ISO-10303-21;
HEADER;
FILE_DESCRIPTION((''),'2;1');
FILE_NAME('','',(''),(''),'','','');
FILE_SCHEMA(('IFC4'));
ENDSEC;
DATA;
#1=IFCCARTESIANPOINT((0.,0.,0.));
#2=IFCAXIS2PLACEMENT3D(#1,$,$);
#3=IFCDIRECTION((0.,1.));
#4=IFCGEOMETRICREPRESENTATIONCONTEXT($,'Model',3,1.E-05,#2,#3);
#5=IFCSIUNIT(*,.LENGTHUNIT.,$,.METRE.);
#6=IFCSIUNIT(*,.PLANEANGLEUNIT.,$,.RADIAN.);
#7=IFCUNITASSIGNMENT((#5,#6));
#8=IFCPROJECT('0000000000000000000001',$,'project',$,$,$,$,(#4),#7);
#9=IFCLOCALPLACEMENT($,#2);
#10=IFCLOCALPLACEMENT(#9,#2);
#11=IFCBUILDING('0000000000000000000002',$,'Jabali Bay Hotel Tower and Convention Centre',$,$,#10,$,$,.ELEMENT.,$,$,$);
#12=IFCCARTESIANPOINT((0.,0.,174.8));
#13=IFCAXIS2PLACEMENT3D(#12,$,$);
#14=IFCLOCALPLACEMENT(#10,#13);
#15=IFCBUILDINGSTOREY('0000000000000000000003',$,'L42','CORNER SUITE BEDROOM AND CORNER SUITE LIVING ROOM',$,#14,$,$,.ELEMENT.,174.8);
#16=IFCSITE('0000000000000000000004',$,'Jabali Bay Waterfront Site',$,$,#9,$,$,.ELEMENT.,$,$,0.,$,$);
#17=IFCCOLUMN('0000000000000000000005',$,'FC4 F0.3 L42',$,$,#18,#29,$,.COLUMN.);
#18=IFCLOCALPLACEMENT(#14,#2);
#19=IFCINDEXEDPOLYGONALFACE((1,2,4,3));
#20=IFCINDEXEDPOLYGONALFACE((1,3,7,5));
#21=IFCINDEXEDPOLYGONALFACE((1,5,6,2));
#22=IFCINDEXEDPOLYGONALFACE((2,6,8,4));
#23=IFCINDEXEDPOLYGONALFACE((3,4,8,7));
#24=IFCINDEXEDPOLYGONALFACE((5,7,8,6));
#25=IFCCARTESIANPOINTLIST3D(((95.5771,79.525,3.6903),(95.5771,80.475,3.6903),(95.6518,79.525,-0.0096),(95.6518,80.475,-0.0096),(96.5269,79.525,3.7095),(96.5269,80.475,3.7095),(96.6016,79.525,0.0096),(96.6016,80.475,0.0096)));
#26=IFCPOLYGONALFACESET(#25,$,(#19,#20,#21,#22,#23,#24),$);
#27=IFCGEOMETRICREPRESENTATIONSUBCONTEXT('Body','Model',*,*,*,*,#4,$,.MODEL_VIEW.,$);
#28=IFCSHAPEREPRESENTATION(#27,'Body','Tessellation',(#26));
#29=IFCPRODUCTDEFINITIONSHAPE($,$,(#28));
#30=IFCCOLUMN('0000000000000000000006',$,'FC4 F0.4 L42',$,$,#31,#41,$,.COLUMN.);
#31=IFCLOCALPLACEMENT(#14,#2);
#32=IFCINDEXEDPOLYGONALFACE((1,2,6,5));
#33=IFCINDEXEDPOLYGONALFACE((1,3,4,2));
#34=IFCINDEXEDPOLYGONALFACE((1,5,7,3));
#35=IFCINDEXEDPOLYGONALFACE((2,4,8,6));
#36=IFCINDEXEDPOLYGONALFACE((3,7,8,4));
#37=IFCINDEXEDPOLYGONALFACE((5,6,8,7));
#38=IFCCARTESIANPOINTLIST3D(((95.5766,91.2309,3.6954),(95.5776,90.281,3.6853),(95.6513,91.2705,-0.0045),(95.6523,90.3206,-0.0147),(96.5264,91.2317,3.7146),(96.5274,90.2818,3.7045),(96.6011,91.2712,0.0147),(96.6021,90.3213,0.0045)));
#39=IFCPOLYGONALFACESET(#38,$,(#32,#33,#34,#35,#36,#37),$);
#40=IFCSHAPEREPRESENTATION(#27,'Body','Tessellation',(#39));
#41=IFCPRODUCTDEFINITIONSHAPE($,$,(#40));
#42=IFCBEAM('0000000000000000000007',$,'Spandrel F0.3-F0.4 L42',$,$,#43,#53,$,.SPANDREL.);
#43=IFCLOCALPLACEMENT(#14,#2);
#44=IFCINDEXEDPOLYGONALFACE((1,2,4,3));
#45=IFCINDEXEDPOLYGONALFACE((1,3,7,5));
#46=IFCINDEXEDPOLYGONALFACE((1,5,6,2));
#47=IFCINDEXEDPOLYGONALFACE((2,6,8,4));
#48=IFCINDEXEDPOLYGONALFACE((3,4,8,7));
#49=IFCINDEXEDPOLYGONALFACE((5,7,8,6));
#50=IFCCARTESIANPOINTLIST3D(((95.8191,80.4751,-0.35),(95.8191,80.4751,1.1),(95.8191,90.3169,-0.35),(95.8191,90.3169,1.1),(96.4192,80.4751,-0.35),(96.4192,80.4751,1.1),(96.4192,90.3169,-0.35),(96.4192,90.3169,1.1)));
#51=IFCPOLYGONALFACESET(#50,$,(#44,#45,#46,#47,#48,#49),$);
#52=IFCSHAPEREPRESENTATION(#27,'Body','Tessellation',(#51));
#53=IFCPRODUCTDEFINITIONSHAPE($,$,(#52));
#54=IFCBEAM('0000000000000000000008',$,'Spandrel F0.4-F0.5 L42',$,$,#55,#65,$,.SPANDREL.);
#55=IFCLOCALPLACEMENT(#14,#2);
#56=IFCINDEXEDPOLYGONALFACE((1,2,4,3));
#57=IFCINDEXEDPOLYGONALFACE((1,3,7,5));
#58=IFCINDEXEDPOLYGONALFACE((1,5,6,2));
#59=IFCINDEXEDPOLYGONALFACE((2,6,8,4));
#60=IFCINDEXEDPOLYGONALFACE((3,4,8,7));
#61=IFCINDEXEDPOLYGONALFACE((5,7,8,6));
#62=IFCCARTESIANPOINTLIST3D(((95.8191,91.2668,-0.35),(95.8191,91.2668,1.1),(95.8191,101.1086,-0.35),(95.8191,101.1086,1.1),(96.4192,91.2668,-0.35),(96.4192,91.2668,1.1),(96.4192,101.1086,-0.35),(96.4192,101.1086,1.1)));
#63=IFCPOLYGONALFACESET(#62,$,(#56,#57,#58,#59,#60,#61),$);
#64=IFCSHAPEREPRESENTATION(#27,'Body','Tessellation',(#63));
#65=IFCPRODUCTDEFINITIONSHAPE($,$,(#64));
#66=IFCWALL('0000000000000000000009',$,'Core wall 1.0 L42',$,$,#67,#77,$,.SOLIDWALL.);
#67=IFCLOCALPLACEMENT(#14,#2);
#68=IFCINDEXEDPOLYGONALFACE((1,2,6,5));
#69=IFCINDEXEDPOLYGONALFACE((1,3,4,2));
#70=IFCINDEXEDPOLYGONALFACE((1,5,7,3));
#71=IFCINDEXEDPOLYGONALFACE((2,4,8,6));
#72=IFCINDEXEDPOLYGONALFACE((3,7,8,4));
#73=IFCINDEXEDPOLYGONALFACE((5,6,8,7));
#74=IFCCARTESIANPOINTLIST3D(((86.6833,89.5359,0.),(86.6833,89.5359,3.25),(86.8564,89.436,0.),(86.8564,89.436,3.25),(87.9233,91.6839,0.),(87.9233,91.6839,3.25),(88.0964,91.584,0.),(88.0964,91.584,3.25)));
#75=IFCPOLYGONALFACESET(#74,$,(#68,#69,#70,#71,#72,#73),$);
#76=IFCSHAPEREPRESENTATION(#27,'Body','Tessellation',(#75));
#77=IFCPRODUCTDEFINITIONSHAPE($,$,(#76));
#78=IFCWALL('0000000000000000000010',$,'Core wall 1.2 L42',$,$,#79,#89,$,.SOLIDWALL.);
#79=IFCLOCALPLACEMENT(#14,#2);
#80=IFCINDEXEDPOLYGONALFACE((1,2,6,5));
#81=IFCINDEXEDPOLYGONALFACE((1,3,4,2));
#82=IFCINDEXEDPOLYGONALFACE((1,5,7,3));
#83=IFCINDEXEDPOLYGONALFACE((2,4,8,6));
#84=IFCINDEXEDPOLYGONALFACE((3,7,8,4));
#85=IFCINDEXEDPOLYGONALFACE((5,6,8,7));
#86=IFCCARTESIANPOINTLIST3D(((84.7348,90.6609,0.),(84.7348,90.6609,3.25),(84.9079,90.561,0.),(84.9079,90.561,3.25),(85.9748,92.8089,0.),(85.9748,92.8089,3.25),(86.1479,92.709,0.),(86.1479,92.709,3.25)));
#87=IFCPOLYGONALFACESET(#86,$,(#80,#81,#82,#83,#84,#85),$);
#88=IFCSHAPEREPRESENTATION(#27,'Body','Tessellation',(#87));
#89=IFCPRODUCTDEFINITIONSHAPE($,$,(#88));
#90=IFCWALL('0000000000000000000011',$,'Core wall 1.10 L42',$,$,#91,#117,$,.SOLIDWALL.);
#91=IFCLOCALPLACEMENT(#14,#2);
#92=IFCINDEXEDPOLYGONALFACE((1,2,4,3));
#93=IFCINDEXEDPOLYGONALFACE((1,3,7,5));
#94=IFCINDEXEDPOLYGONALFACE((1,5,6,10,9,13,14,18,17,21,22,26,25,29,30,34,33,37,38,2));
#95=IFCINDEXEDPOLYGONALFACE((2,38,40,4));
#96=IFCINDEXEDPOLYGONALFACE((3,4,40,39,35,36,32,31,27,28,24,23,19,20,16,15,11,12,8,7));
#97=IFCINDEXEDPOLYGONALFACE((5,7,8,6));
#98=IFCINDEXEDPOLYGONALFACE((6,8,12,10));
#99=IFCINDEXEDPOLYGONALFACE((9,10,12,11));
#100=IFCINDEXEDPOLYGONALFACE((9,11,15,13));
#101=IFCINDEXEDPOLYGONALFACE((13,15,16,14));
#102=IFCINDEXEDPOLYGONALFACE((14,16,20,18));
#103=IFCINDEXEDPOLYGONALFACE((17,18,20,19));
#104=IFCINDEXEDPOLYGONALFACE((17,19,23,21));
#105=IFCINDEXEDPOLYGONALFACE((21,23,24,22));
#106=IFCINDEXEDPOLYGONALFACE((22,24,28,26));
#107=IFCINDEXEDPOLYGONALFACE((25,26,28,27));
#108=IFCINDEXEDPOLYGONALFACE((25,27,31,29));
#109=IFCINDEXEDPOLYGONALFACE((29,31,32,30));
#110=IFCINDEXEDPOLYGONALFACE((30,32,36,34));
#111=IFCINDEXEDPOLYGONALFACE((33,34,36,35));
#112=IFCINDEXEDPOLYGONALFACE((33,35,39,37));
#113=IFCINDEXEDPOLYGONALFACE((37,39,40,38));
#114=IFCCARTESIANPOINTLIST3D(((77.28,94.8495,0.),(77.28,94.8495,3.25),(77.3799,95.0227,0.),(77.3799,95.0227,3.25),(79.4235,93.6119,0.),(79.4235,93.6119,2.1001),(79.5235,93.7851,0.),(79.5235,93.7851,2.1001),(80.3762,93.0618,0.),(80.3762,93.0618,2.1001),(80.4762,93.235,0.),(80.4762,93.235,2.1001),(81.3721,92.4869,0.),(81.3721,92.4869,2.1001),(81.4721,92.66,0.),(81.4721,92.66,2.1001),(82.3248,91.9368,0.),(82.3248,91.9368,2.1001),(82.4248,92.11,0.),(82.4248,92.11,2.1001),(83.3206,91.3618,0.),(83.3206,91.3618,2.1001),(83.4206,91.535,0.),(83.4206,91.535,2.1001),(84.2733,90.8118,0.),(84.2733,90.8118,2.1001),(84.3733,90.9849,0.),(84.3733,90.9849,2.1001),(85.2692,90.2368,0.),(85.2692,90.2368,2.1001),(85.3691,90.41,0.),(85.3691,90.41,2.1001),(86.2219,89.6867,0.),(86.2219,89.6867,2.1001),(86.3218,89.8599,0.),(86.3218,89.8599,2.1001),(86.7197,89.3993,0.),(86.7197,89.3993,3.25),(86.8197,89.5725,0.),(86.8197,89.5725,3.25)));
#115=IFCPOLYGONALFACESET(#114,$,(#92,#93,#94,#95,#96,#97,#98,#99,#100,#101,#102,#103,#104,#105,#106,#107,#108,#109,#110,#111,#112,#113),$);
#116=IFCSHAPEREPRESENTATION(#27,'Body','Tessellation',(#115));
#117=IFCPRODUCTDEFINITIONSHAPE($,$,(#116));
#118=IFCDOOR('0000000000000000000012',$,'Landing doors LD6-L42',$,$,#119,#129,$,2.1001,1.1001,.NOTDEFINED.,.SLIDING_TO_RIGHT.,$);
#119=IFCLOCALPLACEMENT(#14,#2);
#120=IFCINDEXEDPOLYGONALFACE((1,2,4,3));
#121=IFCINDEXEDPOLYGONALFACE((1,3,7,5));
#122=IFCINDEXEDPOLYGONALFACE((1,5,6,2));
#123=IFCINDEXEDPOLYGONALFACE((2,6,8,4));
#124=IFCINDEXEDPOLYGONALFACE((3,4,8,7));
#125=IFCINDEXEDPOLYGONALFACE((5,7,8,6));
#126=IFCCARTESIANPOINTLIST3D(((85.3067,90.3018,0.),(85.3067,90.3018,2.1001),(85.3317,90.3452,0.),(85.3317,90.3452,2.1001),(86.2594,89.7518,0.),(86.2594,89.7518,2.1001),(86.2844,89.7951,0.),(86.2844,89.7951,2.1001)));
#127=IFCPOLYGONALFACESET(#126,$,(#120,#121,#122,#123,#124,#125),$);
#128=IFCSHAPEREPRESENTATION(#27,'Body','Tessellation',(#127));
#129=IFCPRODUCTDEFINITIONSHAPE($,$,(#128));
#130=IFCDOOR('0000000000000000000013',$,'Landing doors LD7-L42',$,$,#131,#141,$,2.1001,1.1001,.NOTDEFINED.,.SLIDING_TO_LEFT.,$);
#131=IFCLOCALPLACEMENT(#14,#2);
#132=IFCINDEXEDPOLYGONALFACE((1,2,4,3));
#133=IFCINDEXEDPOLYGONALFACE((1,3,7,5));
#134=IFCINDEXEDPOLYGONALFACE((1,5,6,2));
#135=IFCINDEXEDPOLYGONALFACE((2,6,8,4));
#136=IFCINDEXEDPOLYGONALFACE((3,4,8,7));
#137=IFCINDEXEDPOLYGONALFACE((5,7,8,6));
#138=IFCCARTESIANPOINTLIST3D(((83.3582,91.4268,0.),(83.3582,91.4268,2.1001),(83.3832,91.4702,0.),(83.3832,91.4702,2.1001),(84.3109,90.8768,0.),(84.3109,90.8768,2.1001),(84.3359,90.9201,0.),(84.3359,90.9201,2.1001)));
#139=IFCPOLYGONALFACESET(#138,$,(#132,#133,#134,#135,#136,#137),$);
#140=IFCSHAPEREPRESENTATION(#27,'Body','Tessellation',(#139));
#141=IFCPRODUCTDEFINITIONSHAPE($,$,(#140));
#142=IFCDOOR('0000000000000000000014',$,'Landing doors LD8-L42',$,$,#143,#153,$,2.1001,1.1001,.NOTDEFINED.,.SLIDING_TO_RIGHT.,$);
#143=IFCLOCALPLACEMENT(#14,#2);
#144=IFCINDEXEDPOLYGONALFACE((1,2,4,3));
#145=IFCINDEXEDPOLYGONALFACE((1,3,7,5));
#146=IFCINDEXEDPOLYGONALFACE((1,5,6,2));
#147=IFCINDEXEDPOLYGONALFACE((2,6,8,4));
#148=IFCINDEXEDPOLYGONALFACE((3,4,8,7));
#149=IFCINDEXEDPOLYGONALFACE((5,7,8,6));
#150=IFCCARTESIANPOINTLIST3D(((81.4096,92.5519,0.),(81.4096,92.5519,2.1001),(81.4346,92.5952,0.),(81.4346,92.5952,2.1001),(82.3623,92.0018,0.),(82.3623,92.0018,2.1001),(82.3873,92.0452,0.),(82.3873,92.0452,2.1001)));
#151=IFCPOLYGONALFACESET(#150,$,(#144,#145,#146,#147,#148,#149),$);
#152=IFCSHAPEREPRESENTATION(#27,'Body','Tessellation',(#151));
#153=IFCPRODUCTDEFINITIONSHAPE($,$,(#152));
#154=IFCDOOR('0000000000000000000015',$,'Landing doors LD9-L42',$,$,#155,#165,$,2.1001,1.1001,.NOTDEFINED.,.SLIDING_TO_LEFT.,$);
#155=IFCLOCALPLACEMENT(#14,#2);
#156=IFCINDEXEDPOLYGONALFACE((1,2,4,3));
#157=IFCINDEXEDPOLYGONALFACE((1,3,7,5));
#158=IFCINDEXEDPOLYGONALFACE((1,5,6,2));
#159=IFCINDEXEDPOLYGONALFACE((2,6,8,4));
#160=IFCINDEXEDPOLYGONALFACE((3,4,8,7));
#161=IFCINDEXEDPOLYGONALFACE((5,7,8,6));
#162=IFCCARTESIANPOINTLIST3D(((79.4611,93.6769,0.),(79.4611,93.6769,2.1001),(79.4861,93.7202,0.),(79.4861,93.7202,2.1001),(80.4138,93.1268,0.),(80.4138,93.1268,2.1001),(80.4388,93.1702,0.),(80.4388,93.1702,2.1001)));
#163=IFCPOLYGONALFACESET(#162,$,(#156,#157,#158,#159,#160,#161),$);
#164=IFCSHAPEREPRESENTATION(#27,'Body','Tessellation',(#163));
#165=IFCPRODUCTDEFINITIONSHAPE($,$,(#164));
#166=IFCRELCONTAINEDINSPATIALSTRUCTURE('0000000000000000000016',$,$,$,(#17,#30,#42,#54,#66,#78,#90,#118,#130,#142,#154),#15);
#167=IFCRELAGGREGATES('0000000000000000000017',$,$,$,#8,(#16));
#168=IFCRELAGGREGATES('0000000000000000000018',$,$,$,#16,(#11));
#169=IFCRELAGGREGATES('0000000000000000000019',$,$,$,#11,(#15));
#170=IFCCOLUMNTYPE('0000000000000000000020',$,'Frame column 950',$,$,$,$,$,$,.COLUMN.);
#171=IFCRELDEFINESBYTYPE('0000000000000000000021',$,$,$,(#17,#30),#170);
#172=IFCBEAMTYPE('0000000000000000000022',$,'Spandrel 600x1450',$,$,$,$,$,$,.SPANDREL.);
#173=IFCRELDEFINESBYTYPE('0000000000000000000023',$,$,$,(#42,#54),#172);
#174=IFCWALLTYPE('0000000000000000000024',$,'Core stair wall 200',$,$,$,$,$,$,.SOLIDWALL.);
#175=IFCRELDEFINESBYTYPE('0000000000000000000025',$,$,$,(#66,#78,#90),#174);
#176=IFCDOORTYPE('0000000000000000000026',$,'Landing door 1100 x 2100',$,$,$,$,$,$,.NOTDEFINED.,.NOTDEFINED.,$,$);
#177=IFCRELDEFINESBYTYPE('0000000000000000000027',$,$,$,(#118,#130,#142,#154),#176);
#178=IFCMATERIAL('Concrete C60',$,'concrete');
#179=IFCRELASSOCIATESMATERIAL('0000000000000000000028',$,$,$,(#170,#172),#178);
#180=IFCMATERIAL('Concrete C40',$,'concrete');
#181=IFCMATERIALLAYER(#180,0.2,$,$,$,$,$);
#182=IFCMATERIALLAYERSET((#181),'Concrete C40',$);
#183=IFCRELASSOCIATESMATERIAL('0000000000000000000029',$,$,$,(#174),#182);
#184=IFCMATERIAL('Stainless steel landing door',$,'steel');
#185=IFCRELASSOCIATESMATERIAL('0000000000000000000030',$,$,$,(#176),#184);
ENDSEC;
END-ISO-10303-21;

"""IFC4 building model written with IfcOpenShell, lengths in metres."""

from ifc_helpers import new_model, si_unit, direction, frame, frame_2d, origin, origin_2d, place, context, subcontext, project, spatial, rectangle, extrude, material, layer, layer_set, material_profile, profile_set, type_object, element, fill, save


model = new_model("IFC4")

# Units and contexts
model_context = context("Model", 3, precision=1e-05, world=origin(), true_north=direction((0.0, 1.0)))
body_context = subcontext(model_context, "Body", "Model", "MODEL_VIEW")
ifc_project = project(units=[si_unit("LENGTHUNIT", "METRE"), si_unit("PLANEANGLEUNIT", "RADIAN")], contexts=[model_context])

# Site, building, storey
site_placement = place(None, origin())
site = spatial("IfcSite", under=ifc_project, at=site_placement, Name="Jabali Bay Waterfront Site", CompositionType="ELEMENT", RefElevation=0.0)
building_placement = place(site_placement, origin())
building = spatial("IfcBuilding", under=site, at=building_placement, Name="Jabali Bay Hotel Tower and Convention Centre", CompositionType="ELEMENT")
storey_placement = place(building_placement, frame((0.0, 0.0, 174.8)))
storey = spatial("IfcBuildingStorey", under=building, at=storey_placement, Name="L42", Description="CORNER SUITE BEDROOM AND CORNER SUITE LIVING ROOM", CompositionType="ELEMENT", Elevation=174.8)

# Columns
ifc_material_1 = material(Name="Concrete C60", Category="concrete")
ifc_material_profile_1 = material_profile(ifc_material_1, rectangle(XDim=0.95, YDim=0.95, at=origin_2d()), Name="Frame column 950")
ifc_profile_set_1 = profile_set([ifc_material_profile_1], Name="Concrete C60")
column_type = type_object("IfcColumnType", Name="Frame column 950", PredefinedType="COLUMN", material=ifc_profile_set_1)
column_1_placement = place(storey_placement, frame((96.1267, 80.0, 0.0), z_axis=(-0.020187, 0.0, 0.999796), x_axis=(0.0, -1.0, 0.0)))
element("IfcColumn", 1, at=column_1_placement, inside=storey, type_object=column_type, Name="FC4 F0.3 L42", PredefinedType="COLUMN", context=body_context, shape_type="SweptSolid", body=[
    extrude(rectangle(XDim=0.95, YDim=0.95, at=origin_2d()), origin(), (0.0, 0.0, 1.0), 3.7007),
])
column_2_placement = place(storey_placement, frame((96.1267, 90.7959, 0.0), z_axis=(-0.020186, -0.010687, 0.999739), x_axis=(0.999796, 0.000797, 0.020196)))
element("IfcColumn", 2, at=column_2_placement, inside=storey, type_object=column_type, Name="FC4 F0.4 L42", PredefinedType="COLUMN", context=body_context, shape_type="SweptSolid", body=[
    extrude(rectangle(XDim=0.95, YDim=0.95, at=origin_2d()), origin(), (0.0, 0.0, 1.0), 3.7009),
])

# Beams
ifc_material_profile_2 = material_profile(ifc_material_1, rectangle(XDim=0.6001, YDim=1.45, at=origin_2d()), Name="Spandrel 600x1450")
ifc_profile_set_2 = profile_set([ifc_material_profile_2], Name="Concrete C60")
beam_type = type_object("IfcBeamType", Name="Spandrel 600x1450", PredefinedType="SPANDREL", material=ifc_profile_set_2)
for number, where, z_axis, x_axis, name in (
    (3, (96.1191, 80.4751, 0.375), (0.0, 1.0, 0.0), (-1.0, 0.0, 0.0), "Spandrel F0.3-F0.4 L42"),
    (4, (96.1191, 91.2668, 0.375), (0.0, 1.0, 0.0), (-1.0, 0.0, 0.0), "Spandrel F0.4-F0.5 L42"),
):
    element("IfcBeam", number, at=place(storey_placement, frame(where, z_axis=z_axis, x_axis=x_axis)), inside=storey, type_object=beam_type, Name=name, PredefinedType="SPANDREL", context=body_context, shape_type="SweptSolid", body=[
        extrude(rectangle(XDim=0.6001, YDim=1.45, at=origin_2d()), origin(), (0.0, 0.0, 1.0), 9.8418),
    ])

# Walls
ifc_material_2 = material(Name="Concrete C40", Category="concrete")
ifc_layer_1 = layer(ifc_material_2, 0.2)
ifc_layer_set_1 = layer_set([ifc_layer_1], Name="Concrete C40")
wall_type_1 = type_object("IfcWallType", Name="Core stair wall 200", PredefinedType="SOLIDWALL", material=ifc_layer_set_1)
for number, where, z_axis, x_axis, name in (
    (5, (86.7698, 89.4858, 0.0), (0.0, 0.0, 1.0), (0.499961, 0.866048, 0.0), "Core wall 1.0 L42"),
    (6, (84.8213, 90.6108, 0.0), (0.0, 0.0, 1.0), (0.499961, 0.866048, 0.0), "Core wall 1.2 L42"),
):
    element("IfcWall", number, at=place(storey_placement, frame(where, z_axis=z_axis, x_axis=x_axis)), inside=storey, type_object=wall_type_1, Name=name, PredefinedType="SOLIDWALL", context=body_context, shape_type="SweptSolid", body=[
        extrude(rectangle(XDim=2.4802, YDim=0.2, at=frame_2d((1.2402, 0.0))), origin(), (0.0, 0.0, 1.0), 3.25),
    ])

# Wall, openings, doors
wall_1_placement = place(storey_placement, frame((86.7698, 89.4858, 0.0), z_axis=(0.0, 0.0, 1.0), x_axis=(-0.866018, 0.500013, 0.0)))
wall_1 = element("IfcWall", 7, at=wall_1_placement, inside=storey, type_object=wall_type_1, Name="Core wall 1.10 L42", PredefinedType="SOLIDWALL", context=body_context, shape_type="SweptSolid", body=[
    extrude(rectangle(XDim=10.9001, YDim=0.2, at=frame_2d((5.4502, 0.0))), origin(), (0.0, 0.0, 1.0), 3.25),
])
opening_1_placement = place(wall_1_placement, frame((0.575, 0.0, 0.0)))
opening_1 = element("IfcOpeningElement", 8, at=opening_1_placement, cuts=wall_1, PredefinedType="OPENING", context=body_context, shape_type="SweptSolid", body=[
    extrude(rectangle(XDim=1.1001, YDim=2.1001, at=frame_2d((0.55, 1.05))), frame((0.0, 0.1104, 0.0), z_axis=(0.0, -1.0, 0.0), x_axis=(1.0, 0.0, 0.0)), (0.0, 0.0, 1.0), 0.2209),
])
opening_2_placement = place(wall_1_placement, frame((2.825, 0.0, 0.0)))
opening_2 = element("IfcOpeningElement", 9, at=opening_2_placement, cuts=wall_1, PredefinedType="OPENING", context=body_context, shape_type="SweptSolid", body=[
    extrude(rectangle(XDim=1.1001, YDim=2.1001, at=frame_2d((0.55, 1.05))), frame((0.0, 0.1104, 0.0), z_axis=(0.0, -1.0, 0.0), x_axis=(1.0, 0.0, 0.0)), (0.0, 0.0, 1.0), 0.2209),
])
opening_3_placement = place(wall_1_placement, frame((5.075, 0.0, 0.0)))
opening_3 = element("IfcOpeningElement", 10, at=opening_3_placement, cuts=wall_1, PredefinedType="OPENING", context=body_context, shape_type="SweptSolid", body=[
    extrude(rectangle(XDim=1.1001, YDim=2.1001, at=frame_2d((0.55, 1.05))), frame((0.0, 0.1104, 0.0), z_axis=(0.0, -1.0, 0.0), x_axis=(1.0, 0.0, 0.0)), (0.0, 0.0, 1.0), 0.2209),
])
opening_4_placement = place(wall_1_placement, frame((7.325, 0.0, 0.0)))
opening_4 = element("IfcOpeningElement", 11, at=opening_4_placement, cuts=wall_1, PredefinedType="OPENING", context=body_context, shape_type="SweptSolid", body=[
    extrude(rectangle(XDim=1.1001, YDim=2.1001, at=frame_2d((0.55, 1.05))), frame((0.0, 0.1104, 0.0), z_axis=(0.0, -1.0, 0.0), x_axis=(1.0, 0.0, 0.0)), (0.0, 0.0, 1.0), 0.2209),
])
ifc_material_3 = material(Name="Stainless steel landing door", Category="steel")
door_type_1 = type_object("IfcDoorType", Name="Landing door 1100 x 2100", OperationType="NOTDEFINED", PredefinedType="NOTDEFINED", material=ifc_material_3)
door_1_placement = place(opening_1_placement, origin())
door_1 = element("IfcDoor", 12, at=door_1_placement, inside=storey, type_object=door_type_1, Name="Landing doors LD6-L42", OperationType="SLIDING_TO_RIGHT", OverallHeight=2.1001, OverallWidth=1.1001, PredefinedType="NOTDEFINED", context=body_context, shape_type="SweptSolid", body=[
    extrude(rectangle(XDim=1.1001, YDim=2.1001, at=frame_2d((0.55, 1.05))), frame((0.0, 0.0249, 0.0), z_axis=(0.0, -1.0, 0.0), x_axis=(1.0, 0.0, 0.0)), (0.0, 0.0, 1.0), 0.05),
])
fill(opening_1, door_1)
door_2_placement = place(opening_2_placement, origin())
door_2 = element("IfcDoor", 13, at=door_2_placement, inside=storey, type_object=door_type_1, Name="Landing doors LD7-L42", OperationType="SLIDING_TO_LEFT", OverallHeight=2.1001, OverallWidth=1.1001, PredefinedType="NOTDEFINED", context=body_context, shape_type="SweptSolid", body=[
    extrude(rectangle(XDim=1.1001, YDim=2.1001, at=frame_2d((0.55, 1.05))), frame((0.0, 0.0249, 0.0), z_axis=(0.0, -1.0, 0.0), x_axis=(1.0, 0.0, 0.0)), (0.0, 0.0, 1.0), 0.05),
])
fill(opening_2, door_2)
door_3_placement = place(opening_3_placement, origin())
door_3 = element("IfcDoor", 14, at=door_3_placement, inside=storey, type_object=door_type_1, Name="Landing doors LD8-L42", OperationType="SLIDING_TO_RIGHT", OverallHeight=2.1001, OverallWidth=1.1001, PredefinedType="NOTDEFINED", context=body_context, shape_type="SweptSolid", body=[
    extrude(rectangle(XDim=1.1001, YDim=2.1001, at=frame_2d((0.55, 1.05))), frame((0.0, 0.0249, 0.0), z_axis=(0.0, -1.0, 0.0), x_axis=(1.0, 0.0, 0.0)), (0.0, 0.0, 1.0), 0.05),
])
fill(opening_3, door_3)
door_4_placement = place(opening_4_placement, origin())
door_4 = element("IfcDoor", 15, at=door_4_placement, inside=storey, type_object=door_type_1, Name="Landing doors LD9-L42", OperationType="SLIDING_TO_LEFT", OverallHeight=2.1001, OverallWidth=1.1001, PredefinedType="NOTDEFINED", context=body_context, shape_type="SweptSolid", body=[
    extrude(rectangle(XDim=1.1001, YDim=2.1001, at=frame_2d((0.55, 1.05))), frame((0.0, 0.0249, 0.0), z_axis=(0.0, -1.0, 0.0), x_axis=(1.0, 0.0, 0.0)), (0.0, 0.0, 1.0), 0.05),
])
fill(opening_4, door_4)

save(model, "model.ifc")
